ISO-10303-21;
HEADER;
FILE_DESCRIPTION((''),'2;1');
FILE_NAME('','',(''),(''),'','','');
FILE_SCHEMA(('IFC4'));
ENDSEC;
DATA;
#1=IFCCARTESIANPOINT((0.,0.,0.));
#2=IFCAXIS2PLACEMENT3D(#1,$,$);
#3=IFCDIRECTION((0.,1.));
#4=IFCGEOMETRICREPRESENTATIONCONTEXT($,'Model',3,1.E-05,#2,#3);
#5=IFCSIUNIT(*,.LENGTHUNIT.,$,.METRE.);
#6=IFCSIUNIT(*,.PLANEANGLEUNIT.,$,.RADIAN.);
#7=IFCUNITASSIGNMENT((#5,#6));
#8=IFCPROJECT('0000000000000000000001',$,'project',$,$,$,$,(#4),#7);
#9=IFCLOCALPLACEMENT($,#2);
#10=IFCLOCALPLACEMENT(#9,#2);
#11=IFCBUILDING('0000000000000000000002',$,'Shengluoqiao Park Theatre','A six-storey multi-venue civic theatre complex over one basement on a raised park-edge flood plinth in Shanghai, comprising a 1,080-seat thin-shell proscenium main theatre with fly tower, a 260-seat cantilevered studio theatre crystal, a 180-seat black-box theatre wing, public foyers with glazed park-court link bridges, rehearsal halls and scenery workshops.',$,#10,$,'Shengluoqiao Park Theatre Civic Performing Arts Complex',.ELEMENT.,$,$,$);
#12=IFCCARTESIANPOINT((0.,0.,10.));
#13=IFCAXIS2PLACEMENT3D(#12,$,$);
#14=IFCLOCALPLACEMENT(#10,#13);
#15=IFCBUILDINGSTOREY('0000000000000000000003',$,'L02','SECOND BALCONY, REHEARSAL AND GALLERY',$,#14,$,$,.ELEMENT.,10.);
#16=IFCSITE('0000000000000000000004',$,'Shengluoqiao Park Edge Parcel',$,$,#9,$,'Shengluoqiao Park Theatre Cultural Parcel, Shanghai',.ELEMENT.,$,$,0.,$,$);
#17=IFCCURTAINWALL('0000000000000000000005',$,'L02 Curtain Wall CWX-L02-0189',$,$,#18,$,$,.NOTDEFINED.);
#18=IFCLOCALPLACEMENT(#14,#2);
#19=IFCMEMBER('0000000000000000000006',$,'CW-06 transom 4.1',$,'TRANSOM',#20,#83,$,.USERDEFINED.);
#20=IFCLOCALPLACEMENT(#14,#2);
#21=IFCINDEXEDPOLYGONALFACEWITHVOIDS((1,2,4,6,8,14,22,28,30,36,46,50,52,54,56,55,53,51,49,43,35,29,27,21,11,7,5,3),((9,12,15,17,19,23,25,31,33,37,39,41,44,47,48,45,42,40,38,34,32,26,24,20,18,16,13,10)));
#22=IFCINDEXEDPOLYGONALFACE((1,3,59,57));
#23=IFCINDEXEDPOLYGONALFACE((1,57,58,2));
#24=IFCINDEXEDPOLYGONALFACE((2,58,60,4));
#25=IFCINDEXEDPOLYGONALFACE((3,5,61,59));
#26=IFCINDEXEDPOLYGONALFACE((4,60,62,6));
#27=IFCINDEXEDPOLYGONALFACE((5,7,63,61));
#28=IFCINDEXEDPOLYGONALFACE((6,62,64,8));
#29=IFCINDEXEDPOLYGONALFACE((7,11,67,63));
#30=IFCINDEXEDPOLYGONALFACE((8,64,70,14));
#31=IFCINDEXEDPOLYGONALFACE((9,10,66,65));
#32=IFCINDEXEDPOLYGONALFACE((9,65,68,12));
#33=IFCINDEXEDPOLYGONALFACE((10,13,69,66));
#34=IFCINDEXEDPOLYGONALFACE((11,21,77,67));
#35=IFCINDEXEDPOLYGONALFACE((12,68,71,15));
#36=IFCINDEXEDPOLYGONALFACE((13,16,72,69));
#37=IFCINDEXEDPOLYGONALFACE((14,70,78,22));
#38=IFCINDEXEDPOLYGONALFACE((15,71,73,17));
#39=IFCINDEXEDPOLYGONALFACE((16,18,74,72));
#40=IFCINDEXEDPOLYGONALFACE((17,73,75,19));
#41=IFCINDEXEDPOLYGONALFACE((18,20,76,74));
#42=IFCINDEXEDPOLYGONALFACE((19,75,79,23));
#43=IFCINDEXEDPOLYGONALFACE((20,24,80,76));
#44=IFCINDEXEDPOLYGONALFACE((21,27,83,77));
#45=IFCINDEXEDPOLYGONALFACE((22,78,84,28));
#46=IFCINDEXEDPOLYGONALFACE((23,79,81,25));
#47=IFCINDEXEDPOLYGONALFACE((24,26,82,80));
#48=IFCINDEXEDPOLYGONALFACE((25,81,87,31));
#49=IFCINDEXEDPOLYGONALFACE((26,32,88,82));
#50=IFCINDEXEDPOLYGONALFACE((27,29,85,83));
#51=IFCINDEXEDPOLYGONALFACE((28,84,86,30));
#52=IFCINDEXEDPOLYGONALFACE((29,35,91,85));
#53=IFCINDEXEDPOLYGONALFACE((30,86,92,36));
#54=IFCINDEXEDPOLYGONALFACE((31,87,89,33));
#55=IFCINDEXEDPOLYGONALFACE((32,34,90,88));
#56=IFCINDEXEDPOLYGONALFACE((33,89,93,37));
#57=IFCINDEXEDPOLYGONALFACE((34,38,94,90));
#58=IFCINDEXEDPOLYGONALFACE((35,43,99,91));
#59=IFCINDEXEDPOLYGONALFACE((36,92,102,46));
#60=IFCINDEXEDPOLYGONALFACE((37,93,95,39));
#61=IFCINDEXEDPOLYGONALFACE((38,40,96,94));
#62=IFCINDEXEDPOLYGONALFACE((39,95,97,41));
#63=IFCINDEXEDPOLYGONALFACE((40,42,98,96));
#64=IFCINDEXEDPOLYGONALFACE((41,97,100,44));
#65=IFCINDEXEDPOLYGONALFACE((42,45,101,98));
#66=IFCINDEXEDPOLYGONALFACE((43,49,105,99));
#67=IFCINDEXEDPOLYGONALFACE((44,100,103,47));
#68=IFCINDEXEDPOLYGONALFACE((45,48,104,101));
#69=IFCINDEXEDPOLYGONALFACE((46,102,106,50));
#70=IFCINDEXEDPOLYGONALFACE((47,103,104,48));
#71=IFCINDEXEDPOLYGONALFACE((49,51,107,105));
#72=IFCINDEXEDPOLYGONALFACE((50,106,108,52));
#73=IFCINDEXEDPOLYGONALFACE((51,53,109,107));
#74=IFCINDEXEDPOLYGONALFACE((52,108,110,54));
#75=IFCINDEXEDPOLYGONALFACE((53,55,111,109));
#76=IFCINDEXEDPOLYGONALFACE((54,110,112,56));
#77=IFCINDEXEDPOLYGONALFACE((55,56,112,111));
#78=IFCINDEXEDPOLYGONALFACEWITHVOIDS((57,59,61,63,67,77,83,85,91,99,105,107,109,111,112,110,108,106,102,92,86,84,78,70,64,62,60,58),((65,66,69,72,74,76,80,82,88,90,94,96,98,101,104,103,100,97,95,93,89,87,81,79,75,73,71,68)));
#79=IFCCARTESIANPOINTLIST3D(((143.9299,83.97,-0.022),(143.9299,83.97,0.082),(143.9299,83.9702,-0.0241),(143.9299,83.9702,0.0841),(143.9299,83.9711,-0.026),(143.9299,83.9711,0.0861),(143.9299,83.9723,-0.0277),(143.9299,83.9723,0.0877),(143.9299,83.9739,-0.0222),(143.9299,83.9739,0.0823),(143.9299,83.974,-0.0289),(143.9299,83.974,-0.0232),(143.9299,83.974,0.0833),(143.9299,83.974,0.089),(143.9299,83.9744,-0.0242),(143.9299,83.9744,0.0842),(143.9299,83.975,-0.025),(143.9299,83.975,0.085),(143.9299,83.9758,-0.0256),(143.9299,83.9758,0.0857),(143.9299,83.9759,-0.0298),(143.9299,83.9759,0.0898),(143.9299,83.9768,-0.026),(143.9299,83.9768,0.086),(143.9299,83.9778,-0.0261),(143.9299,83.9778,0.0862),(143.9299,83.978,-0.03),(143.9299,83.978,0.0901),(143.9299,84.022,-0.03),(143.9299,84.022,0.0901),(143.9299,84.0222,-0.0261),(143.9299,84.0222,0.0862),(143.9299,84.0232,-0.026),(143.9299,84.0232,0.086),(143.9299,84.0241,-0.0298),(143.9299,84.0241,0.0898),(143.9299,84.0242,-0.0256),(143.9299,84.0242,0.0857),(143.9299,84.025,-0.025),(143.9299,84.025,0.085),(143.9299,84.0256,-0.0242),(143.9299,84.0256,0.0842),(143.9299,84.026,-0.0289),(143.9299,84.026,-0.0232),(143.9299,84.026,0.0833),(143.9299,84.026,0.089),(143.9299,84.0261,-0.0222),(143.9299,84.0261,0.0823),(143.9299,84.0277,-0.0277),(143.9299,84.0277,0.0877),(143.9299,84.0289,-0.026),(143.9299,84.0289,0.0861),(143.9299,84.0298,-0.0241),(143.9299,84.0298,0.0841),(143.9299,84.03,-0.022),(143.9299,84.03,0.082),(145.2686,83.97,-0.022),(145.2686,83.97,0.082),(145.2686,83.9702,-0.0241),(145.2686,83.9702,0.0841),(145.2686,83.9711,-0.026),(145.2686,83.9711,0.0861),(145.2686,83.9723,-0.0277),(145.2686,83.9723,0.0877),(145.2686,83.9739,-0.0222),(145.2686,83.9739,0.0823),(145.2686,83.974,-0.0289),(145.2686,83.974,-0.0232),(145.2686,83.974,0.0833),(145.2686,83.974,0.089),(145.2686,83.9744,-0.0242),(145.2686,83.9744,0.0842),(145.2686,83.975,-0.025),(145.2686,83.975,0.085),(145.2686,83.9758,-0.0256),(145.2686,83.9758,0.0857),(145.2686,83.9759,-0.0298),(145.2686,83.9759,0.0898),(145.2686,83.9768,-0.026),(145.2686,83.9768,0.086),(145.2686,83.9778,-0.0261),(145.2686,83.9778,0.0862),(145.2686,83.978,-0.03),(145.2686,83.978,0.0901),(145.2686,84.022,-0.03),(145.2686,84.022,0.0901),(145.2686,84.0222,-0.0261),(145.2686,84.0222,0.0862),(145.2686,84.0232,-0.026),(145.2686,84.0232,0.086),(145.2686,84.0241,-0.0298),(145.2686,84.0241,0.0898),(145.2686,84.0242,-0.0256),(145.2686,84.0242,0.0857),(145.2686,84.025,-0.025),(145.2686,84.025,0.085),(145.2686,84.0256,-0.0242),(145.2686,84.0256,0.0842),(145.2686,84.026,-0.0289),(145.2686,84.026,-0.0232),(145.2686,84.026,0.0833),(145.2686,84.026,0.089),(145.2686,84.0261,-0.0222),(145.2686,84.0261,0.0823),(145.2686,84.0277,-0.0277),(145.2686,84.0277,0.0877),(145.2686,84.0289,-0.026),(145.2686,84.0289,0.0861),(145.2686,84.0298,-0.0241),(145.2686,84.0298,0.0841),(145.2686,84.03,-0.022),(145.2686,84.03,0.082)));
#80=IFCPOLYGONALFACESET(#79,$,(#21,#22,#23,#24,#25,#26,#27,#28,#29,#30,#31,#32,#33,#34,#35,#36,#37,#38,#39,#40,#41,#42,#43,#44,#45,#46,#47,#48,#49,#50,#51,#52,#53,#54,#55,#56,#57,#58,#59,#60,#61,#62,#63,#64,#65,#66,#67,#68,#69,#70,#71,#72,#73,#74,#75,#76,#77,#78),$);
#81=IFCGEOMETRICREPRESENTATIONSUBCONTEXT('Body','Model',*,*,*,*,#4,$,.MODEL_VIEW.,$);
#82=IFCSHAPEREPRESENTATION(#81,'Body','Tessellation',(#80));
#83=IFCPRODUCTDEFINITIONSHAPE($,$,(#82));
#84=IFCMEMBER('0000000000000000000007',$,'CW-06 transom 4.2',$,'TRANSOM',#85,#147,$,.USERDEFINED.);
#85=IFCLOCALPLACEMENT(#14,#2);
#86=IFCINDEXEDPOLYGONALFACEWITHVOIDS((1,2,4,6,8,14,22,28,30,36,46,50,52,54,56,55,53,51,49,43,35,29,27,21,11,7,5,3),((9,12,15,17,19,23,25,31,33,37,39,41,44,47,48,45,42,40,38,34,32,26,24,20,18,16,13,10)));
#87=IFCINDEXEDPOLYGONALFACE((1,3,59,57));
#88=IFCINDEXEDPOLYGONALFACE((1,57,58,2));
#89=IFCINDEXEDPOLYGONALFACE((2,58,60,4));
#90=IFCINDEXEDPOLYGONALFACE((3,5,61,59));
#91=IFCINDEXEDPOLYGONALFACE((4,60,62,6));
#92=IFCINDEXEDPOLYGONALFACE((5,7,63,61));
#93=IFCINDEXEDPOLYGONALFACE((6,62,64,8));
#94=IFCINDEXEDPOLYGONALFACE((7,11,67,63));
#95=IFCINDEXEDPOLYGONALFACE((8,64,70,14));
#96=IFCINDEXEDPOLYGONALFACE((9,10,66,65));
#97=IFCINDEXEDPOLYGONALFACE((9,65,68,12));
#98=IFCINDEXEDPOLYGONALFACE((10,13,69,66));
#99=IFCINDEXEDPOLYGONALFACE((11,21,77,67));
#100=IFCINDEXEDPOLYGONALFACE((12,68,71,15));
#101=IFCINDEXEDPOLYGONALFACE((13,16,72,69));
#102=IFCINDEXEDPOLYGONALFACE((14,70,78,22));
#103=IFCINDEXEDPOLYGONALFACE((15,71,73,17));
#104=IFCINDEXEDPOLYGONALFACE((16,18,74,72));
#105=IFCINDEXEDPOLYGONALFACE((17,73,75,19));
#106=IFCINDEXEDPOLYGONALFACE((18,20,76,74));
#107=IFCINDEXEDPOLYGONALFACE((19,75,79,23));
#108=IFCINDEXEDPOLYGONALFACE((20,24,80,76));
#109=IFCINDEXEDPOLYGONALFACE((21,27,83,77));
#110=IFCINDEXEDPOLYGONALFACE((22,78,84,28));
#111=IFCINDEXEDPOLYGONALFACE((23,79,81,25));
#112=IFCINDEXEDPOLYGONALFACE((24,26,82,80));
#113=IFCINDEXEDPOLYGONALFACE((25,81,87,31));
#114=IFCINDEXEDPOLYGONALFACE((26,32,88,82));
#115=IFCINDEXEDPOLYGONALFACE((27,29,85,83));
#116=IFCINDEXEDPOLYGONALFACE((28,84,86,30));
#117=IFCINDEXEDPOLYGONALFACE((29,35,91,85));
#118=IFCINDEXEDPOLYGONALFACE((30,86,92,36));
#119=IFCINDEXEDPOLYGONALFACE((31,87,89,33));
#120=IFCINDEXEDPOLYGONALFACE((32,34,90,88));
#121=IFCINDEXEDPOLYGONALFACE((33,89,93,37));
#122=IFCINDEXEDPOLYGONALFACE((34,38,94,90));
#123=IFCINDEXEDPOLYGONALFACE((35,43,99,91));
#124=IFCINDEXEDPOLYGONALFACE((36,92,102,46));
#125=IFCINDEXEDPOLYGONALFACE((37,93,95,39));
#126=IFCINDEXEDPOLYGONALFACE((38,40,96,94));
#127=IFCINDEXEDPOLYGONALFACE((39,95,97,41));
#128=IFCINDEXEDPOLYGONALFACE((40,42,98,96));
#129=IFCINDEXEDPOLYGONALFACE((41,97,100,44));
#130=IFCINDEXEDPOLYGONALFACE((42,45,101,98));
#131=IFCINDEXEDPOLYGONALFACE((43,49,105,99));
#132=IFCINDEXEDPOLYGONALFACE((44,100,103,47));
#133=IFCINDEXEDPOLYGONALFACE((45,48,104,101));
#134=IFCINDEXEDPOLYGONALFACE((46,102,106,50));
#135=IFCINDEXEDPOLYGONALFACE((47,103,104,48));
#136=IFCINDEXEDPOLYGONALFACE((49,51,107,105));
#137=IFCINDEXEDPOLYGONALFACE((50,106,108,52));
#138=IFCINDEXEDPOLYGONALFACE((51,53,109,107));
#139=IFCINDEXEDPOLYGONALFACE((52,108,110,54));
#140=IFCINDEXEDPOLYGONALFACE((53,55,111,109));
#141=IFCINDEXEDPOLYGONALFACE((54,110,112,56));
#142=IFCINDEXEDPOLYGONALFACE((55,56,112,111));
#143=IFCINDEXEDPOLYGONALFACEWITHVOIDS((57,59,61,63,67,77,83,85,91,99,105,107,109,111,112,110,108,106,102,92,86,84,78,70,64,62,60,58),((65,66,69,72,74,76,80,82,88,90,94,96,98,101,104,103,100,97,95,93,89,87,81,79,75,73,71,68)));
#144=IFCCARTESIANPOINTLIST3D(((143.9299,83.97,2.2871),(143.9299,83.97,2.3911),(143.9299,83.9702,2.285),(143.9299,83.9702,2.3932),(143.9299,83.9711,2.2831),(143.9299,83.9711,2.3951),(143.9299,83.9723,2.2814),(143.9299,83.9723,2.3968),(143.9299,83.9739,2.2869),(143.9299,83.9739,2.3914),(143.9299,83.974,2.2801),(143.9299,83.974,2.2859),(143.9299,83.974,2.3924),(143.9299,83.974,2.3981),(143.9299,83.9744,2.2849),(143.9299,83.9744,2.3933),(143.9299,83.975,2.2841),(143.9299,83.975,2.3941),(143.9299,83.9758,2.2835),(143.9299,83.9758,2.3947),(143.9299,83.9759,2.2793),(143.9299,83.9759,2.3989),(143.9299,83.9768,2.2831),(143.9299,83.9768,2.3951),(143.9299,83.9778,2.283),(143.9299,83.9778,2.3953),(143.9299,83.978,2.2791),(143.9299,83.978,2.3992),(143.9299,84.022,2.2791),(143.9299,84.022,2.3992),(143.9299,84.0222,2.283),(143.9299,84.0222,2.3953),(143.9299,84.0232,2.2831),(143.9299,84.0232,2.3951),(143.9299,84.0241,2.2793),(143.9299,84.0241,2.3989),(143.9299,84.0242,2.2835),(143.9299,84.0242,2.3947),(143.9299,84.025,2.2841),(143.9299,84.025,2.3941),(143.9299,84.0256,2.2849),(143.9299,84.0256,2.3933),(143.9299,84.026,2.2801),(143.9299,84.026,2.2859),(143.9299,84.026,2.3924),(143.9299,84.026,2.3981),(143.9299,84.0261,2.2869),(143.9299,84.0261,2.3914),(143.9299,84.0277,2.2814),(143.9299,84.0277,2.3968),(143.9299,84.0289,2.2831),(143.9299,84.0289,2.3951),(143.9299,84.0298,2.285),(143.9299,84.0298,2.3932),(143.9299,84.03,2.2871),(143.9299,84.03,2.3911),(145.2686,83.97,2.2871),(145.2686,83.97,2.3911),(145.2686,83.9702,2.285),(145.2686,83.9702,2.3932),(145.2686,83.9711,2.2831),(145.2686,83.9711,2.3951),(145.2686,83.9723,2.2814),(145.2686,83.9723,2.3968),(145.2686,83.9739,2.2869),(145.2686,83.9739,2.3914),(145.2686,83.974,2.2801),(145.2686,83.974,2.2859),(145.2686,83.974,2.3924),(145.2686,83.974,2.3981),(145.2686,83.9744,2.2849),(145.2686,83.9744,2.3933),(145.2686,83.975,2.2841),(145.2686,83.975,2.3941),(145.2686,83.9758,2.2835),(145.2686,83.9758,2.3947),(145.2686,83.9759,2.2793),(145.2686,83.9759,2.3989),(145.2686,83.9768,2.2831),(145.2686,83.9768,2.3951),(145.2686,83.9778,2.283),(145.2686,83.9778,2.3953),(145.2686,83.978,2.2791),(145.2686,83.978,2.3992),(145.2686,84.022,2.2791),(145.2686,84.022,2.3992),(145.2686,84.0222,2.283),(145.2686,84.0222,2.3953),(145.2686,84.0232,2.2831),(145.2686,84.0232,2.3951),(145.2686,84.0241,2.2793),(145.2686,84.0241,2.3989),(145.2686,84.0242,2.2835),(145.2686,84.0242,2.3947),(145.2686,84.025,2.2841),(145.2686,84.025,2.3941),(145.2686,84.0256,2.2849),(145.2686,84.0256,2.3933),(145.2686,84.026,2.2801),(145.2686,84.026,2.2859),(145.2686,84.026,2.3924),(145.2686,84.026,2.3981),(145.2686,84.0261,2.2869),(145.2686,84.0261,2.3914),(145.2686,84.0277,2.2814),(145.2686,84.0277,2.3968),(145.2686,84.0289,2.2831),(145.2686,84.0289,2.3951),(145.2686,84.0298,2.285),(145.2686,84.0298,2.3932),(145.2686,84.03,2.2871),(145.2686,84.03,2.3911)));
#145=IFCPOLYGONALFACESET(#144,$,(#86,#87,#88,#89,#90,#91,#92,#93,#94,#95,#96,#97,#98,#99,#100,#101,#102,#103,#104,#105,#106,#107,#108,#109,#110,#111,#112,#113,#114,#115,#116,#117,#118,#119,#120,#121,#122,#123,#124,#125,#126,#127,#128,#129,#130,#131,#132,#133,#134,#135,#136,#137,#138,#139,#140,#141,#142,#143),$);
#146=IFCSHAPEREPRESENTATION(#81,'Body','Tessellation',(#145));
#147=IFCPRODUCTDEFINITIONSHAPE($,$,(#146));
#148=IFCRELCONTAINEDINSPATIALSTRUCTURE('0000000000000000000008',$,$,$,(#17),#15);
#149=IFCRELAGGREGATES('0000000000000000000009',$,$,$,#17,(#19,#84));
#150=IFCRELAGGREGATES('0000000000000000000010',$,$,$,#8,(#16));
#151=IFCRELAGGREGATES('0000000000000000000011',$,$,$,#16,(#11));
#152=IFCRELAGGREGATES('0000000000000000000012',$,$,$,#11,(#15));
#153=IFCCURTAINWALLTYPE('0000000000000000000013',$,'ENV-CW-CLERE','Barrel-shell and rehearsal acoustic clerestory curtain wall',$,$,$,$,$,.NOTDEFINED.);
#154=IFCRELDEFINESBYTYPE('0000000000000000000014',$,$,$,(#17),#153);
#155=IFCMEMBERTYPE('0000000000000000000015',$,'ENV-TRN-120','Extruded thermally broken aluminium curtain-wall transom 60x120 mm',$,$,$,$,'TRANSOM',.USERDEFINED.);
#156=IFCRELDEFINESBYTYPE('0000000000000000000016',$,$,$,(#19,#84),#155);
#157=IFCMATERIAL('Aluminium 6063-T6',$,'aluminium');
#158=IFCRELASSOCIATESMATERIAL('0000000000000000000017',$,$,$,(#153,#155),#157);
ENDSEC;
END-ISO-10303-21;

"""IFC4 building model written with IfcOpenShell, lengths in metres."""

from ifc_helpers import new_model, si_unit, direction, frame, origin, origin_2d, place, context, subcontext, project, spatial, hollow_rectangle, extrude, material, material_profile, profile_set, type_object, element, aggregate, save


model = new_model("IFC4")

# Units and contexts
model_context = context("Model", 3, precision=1e-05, world=origin(), true_north=direction((0.0, 1.0)))
body_context = subcontext(model_context, "Body", "Model", "MODEL_VIEW")
ifc_project = project(units=[si_unit("LENGTHUNIT", "METRE"), si_unit("PLANEANGLEUNIT", "RADIAN")], contexts=[model_context])

# Site, building, storey
site_placement = place(None, origin())
site = spatial("IfcSite", under=ifc_project, at=site_placement, Name="Shengluoqiao Park Edge Parcel", LongName="Shengluoqiao Park Theatre Cultural Parcel, Shanghai", CompositionType="ELEMENT", RefElevation=0.0)
building_placement = place(site_placement, origin())
building = spatial("IfcBuilding", under=site, at=building_placement, Name="Shengluoqiao Park Theatre", Description="A six-storey multi-venue civic theatre complex over one basement on a raised park-edge flood plinth in Shanghai, comprising a 1,080-seat thin-shell proscenium main theatre with fly tower, a 260-seat cantilevered studio theatre crystal, a 180-seat black-box theatre wing, public foyers with glazed park-court link bridges, rehearsal halls and scenery workshops.", LongName="Shengluoqiao Park Theatre Civic Performing Arts Complex", CompositionType="ELEMENT")
storey_placement = place(building_placement, frame((0.0, 0.0, 10.0)))
storey = spatial("IfcBuildingStorey", under=building, at=storey_placement, Name="L02", Description="SECOND BALCONY, REHEARSAL AND GALLERY", CompositionType="ELEMENT", Elevation=10.0)

# Curtain wall, members
ifc_material_1 = material(Name="Aluminium 6063-T6", Category="aluminium")
curtain_wall_type = type_object("IfcCurtainWallType", Name="ENV-CW-CLERE", Description="Barrel-shell and rehearsal acoustic clerestory curtain wall", PredefinedType="NOTDEFINED", material=ifc_material_1)
curtain_wall_placement = place(storey_placement, origin())
curtain_wall = element("IfcCurtainWall", 1, at=curtain_wall_placement, inside=storey, type_object=curtain_wall_type, Name="L02 Curtain Wall CWX-L02-0189", PredefinedType="NOTDEFINED")
ifc_material_profile_1 = material_profile(ifc_material_1, hollow_rectangle(XDim=0.0601, YDim=0.1201, WallThickness=0.0039, InnerFilletRadius=0.0039, OuterFilletRadius=0.0081, at=origin_2d()), Name="ALU TRANSOM 120x60x4")
ifc_profile_set_1 = profile_set([ifc_material_profile_1], Name="Aluminium 6063-T6")
member_type_1 = type_object("IfcMemberType", Name="ENV-TRN-120", Description="Extruded thermally broken aluminium curtain-wall transom 60x120 mm", ElementType="TRANSOM", PredefinedType="USERDEFINED", material=ifc_profile_set_1)
member_1_placement = place(storey_placement, frame((143.9299, 84.0, 0.03), z_axis=(1.0, 0.0, 0.0), x_axis=(0.0, 1.0, 0.0)))
member_1 = element("IfcMember", 2, at=member_1_placement, type_object=member_type_1, Name="CW-06 transom 4.1", ObjectType="TRANSOM", PredefinedType="USERDEFINED", context=body_context, shape_type="SweptSolid", body=[
    extrude(hollow_rectangle(XDim=0.0601, YDim=0.1201, WallThickness=0.0039, InnerFilletRadius=0.0039, OuterFilletRadius=0.0081, at=origin_2d()), origin(), (0.0, 0.0, 1.0), 1.3386),
])
member_2_placement = place(storey_placement, frame((143.9299, 84.0, 2.3391), z_axis=(1.0, 0.0, 0.0), x_axis=(0.0, 1.0, 0.0)))
member_2 = element("IfcMember", 3, at=member_2_placement, type_object=member_type_1, Name="CW-06 transom 4.2", ObjectType="TRANSOM", PredefinedType="USERDEFINED", context=body_context, shape_type="SweptSolid", body=[
    extrude(hollow_rectangle(XDim=0.0601, YDim=0.1201, WallThickness=0.0039, InnerFilletRadius=0.0039, OuterFilletRadius=0.0081, at=origin_2d()), origin(), (0.0, 0.0, 1.0), 1.3386),
])
aggregate(curtain_wall, [member_1, member_2])

save(model, "model.ifc")
